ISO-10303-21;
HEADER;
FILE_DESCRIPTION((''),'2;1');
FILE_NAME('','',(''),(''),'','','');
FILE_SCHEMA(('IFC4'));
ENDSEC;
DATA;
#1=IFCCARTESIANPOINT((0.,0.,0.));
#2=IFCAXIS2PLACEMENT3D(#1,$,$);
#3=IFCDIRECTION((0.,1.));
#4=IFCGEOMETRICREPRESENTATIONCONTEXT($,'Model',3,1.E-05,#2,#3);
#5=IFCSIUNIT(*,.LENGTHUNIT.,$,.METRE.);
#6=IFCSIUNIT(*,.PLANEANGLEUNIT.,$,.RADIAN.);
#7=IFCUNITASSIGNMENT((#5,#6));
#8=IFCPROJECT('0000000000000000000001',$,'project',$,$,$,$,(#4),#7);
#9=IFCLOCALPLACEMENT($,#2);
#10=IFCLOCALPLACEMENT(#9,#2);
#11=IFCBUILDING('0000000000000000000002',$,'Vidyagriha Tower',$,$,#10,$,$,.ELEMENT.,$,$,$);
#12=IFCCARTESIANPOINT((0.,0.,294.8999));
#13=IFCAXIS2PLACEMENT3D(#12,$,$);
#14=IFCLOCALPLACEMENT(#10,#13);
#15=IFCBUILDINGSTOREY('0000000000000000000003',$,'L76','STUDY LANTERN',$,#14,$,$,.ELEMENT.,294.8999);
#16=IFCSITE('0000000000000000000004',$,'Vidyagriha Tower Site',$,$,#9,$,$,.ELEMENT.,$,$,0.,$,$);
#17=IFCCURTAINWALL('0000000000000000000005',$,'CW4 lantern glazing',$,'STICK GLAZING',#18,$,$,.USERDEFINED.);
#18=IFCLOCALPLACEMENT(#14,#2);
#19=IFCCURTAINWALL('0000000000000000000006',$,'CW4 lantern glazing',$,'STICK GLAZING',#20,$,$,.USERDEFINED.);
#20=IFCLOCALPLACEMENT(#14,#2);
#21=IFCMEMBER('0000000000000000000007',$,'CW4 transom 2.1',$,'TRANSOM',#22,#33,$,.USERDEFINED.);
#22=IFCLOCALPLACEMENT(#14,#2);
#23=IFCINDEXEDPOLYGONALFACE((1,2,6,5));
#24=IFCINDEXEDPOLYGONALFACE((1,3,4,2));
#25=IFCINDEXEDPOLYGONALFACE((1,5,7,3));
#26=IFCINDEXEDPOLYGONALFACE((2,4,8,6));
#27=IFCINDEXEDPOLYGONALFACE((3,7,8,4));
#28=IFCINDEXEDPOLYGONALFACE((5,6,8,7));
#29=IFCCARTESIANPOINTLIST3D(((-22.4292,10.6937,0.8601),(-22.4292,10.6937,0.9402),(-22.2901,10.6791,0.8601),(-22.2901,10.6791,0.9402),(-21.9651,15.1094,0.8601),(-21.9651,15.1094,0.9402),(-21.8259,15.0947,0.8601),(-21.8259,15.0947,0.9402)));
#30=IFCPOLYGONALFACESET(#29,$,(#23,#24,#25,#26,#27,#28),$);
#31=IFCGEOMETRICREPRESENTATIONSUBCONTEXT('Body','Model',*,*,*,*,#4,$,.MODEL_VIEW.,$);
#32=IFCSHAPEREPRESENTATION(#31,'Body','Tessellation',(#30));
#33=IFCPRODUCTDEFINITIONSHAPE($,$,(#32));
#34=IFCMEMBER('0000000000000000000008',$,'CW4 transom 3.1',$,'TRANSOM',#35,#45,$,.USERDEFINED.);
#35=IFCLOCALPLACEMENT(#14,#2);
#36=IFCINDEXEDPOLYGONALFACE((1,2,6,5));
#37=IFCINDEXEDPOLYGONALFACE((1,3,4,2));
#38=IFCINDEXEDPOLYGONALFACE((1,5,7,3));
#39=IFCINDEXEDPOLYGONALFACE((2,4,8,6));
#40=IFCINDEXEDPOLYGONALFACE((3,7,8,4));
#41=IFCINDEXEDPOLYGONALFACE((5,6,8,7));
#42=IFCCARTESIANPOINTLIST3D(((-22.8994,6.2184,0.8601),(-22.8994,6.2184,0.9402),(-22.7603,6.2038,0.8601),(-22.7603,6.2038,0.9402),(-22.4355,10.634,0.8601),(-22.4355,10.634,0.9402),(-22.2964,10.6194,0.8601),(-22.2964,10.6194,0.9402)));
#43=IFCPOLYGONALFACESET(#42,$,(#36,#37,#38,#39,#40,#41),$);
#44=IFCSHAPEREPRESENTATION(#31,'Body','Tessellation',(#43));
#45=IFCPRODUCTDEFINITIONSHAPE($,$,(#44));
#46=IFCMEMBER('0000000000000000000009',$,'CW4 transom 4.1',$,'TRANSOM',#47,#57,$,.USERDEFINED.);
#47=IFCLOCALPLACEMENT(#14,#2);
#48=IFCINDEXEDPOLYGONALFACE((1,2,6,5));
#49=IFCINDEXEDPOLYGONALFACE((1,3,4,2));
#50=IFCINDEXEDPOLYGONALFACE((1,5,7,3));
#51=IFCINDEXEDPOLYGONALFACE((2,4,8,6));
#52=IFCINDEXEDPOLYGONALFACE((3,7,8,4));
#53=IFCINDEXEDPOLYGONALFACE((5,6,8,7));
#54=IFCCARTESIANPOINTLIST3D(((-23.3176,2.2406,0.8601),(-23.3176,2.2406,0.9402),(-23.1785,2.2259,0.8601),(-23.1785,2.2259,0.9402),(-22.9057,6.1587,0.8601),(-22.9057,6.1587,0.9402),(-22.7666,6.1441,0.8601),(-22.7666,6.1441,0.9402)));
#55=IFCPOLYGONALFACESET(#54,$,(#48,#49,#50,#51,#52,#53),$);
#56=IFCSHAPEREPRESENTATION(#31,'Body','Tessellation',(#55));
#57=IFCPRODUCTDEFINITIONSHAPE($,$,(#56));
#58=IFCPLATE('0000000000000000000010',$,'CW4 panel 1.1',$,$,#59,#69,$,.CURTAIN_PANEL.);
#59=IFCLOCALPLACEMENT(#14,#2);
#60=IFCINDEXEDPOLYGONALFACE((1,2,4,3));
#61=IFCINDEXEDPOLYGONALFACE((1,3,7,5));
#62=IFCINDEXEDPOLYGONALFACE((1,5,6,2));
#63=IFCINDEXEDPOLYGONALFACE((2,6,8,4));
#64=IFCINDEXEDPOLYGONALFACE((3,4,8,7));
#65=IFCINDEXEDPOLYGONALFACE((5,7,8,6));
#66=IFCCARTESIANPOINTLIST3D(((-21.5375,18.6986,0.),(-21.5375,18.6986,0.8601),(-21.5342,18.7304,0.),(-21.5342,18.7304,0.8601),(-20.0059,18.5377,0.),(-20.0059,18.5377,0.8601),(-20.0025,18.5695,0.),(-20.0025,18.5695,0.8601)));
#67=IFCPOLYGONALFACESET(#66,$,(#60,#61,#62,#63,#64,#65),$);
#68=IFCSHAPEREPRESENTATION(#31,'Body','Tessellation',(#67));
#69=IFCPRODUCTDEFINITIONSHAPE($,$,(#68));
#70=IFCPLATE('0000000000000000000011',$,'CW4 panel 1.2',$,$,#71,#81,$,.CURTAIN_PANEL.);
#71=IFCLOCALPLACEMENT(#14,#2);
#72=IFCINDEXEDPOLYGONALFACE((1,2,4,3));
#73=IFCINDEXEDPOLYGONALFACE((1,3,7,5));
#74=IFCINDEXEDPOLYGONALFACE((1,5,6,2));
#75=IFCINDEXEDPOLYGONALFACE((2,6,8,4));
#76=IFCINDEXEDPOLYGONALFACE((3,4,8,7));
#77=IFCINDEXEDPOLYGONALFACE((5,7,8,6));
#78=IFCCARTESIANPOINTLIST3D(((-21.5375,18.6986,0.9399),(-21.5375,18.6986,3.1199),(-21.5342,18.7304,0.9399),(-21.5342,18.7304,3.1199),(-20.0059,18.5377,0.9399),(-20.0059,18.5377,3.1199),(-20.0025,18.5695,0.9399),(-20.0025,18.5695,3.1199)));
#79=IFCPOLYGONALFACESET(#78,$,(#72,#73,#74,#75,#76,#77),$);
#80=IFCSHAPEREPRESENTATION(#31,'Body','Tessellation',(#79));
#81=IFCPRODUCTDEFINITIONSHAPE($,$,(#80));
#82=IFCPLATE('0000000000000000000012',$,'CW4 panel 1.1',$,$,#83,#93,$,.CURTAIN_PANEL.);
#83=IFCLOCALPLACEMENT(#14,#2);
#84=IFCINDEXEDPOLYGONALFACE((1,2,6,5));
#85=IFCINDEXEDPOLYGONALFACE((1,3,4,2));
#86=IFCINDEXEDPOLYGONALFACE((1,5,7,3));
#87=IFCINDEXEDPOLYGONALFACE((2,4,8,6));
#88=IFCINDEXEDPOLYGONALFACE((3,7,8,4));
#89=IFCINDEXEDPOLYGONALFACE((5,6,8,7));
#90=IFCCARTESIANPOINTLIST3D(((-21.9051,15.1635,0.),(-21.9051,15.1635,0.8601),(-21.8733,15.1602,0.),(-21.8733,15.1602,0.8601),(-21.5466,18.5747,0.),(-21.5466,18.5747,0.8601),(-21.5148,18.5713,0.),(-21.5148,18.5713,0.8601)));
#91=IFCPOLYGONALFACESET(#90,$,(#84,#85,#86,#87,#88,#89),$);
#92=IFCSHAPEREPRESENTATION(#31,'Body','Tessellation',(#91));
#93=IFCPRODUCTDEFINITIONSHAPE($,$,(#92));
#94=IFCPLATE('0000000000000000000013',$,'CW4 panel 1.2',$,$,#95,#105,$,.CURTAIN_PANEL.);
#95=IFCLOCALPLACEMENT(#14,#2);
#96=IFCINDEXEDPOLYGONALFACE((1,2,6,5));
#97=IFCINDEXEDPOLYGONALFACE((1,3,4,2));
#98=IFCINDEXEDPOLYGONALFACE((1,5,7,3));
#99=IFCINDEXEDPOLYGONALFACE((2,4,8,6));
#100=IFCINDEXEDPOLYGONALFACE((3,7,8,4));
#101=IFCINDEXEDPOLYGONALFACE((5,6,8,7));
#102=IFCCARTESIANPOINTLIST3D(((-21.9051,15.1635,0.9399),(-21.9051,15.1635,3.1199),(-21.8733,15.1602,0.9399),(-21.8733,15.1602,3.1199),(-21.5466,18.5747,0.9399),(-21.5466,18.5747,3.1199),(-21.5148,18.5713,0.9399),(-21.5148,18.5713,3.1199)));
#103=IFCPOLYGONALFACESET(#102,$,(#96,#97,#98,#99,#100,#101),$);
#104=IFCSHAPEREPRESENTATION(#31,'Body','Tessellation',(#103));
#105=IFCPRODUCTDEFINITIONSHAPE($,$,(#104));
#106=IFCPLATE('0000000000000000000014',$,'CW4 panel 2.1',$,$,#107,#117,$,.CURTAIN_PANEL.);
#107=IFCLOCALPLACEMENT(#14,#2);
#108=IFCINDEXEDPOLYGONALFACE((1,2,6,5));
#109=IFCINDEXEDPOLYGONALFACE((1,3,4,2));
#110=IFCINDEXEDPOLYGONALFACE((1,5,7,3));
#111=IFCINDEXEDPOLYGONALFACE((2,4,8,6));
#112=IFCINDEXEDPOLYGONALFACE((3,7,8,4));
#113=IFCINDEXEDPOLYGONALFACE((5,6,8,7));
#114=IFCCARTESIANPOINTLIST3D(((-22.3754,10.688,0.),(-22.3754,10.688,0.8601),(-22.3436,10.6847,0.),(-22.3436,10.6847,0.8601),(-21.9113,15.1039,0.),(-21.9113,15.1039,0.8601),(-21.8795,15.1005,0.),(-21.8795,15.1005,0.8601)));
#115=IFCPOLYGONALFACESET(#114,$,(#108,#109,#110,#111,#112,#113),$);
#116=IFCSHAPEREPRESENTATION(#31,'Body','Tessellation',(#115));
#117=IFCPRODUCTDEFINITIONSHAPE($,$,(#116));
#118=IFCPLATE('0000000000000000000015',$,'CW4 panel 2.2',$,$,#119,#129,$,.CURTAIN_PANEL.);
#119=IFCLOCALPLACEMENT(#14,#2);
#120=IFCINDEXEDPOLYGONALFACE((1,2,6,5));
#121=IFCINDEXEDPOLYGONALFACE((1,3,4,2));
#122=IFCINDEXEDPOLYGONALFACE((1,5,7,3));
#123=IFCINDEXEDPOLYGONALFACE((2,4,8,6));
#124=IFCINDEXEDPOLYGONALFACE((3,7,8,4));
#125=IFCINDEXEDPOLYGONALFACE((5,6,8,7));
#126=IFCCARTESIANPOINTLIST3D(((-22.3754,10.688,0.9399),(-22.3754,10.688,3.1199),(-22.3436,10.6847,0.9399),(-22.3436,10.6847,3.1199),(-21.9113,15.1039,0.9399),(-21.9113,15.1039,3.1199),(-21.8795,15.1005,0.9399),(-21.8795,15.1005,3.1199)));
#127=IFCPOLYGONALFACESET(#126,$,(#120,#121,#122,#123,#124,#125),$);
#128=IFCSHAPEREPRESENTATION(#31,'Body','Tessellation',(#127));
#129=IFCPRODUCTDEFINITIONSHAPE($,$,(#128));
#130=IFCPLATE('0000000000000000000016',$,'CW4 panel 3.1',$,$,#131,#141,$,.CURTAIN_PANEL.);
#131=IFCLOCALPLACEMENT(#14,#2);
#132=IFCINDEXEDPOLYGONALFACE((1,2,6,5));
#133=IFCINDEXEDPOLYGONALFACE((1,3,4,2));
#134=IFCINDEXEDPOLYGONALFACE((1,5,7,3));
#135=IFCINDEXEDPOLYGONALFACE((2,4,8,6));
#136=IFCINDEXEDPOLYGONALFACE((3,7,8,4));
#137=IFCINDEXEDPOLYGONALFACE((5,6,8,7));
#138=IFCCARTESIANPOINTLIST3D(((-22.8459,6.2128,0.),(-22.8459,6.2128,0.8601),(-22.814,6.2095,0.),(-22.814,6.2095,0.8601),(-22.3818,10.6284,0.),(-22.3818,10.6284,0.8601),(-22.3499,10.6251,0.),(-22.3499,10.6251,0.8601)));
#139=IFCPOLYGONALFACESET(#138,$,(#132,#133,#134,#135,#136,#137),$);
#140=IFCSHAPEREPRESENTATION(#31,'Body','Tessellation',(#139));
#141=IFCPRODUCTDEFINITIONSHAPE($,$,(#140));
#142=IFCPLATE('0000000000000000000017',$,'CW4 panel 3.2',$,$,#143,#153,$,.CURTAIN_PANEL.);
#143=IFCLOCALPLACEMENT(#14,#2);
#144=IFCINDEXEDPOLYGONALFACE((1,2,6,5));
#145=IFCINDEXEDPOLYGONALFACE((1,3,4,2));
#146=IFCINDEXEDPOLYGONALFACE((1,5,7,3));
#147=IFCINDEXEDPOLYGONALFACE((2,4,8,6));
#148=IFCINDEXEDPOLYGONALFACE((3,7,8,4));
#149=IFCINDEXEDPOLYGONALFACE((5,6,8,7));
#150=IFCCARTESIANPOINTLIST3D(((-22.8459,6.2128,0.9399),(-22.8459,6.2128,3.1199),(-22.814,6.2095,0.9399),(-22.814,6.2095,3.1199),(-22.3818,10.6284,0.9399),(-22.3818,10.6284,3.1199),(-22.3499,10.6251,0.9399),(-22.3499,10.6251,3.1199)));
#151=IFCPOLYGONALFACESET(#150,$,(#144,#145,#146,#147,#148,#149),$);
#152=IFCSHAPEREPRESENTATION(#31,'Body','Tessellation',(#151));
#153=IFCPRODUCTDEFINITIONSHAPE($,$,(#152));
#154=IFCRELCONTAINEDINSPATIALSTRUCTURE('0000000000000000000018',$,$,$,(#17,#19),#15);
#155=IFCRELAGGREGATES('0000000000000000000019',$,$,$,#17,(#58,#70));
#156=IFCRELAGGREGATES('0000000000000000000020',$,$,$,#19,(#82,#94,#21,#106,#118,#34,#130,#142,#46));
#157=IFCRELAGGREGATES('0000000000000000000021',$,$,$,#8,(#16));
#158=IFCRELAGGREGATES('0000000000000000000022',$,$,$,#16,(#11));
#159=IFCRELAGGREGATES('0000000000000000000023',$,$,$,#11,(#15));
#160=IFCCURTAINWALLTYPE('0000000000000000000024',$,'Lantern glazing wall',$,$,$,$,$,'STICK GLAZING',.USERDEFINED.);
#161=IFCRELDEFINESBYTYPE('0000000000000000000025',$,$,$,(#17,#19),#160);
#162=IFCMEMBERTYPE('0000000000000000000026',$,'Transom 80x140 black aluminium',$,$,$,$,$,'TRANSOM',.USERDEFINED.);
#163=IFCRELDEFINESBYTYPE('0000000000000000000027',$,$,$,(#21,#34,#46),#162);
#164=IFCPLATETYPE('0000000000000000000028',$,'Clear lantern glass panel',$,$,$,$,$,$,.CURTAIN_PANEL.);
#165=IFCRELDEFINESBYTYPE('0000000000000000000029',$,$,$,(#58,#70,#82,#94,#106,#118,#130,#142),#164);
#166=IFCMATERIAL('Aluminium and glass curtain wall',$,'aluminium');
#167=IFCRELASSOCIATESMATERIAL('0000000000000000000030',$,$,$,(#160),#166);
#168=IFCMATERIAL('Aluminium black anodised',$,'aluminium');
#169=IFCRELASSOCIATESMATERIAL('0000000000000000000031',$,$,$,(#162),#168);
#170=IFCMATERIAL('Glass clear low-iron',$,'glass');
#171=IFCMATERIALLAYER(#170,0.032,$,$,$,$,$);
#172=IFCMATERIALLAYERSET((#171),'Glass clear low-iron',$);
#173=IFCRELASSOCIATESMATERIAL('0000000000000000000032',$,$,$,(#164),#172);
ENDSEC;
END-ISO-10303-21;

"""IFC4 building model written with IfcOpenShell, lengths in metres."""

from ifc_helpers import new_model, si_unit, direction, frame, origin, origin_2d, place, context, subcontext, project, spatial, rectangle, extrude, material, layer, layer_set, material_profile, profile_set, type_object, element, aggregate, save


model = new_model("IFC4")

# Units and contexts
model_context = context("Model", 3, precision=1e-05, world=origin(), true_north=direction((0.0, 1.0)))
body_context = subcontext(model_context, "Body", "Model", "MODEL_VIEW")
ifc_project = project(units=[si_unit("LENGTHUNIT", "METRE"), si_unit("PLANEANGLEUNIT", "RADIAN")], contexts=[model_context])

# Site, building, storey
site_placement = place(None, origin())
site = spatial("IfcSite", under=ifc_project, at=site_placement, Name="Vidyagriha Tower Site", CompositionType="ELEMENT", RefElevation=0.0)
building_placement = place(site_placement, origin())
building = spatial("IfcBuilding", under=site, at=building_placement, Name="Vidyagriha Tower", CompositionType="ELEMENT")
storey_placement = place(building_placement, frame((0.0, 0.0, 294.8999)))
storey = spatial("IfcBuildingStorey", under=building, at=storey_placement, Name="L76", Description="STUDY LANTERN", CompositionType="ELEMENT", Elevation=294.8999)

# Curtain wall
ifc_material_1 = material(Name="Aluminium and glass curtain wall", Category="aluminium")
curtain_wall_type = type_object("IfcCurtainWallType", Name="Lantern glazing wall", ElementType="STICK GLAZING", PredefinedType="USERDEFINED", material=ifc_material_1)
curtain_wall_1_placement = place(storey_placement, origin())
curtain_wall_1 = element("IfcCurtainWall", 1, at=curtain_wall_1_placement, inside=storey, type_object=curtain_wall_type, Name="CW4 lantern glazing", ObjectType="STICK GLAZING", PredefinedType="USERDEFINED")

# Curtain wall
curtain_wall_2_placement = place(storey_placement, origin())
curtain_wall_2 = element("IfcCurtainWall", 2, at=curtain_wall_2_placement, inside=storey, type_object=curtain_wall_type, Name="CW4 lantern glazing", ObjectType="STICK GLAZING", PredefinedType="USERDEFINED")

# Members
ifc_material_2 = material(Name="Aluminium black anodised", Category="aluminium")
ifc_material_profile_1 = material_profile(ifc_material_2, rectangle(XDim=0.1399, YDim=0.0801, at=origin_2d()), Name="Transom 80x140 black aluminium")
ifc_profile_set_1 = profile_set([ifc_material_profile_1], Name="Aluminium black anodised")
member_type_1 = type_object("IfcMemberType", Name="Transom 80x140 black aluminium", ElementType="TRANSOM", PredefinedType="USERDEFINED", material=ifc_profile_set_1)
member_1_placement = place(storey_placement, frame((-21.8955, 15.1021, 0.9001), z_axis=(-0.104533, -0.994521, 0.0), x_axis=(0.994521, -0.104533, 0.0)))
member_1 = element("IfcMember", 3, at=member_1_placement, type_object=member_type_1, Name="CW4 transom 2.1", ObjectType="TRANSOM", PredefinedType="USERDEFINED", context=body_context, shape_type="SweptSolid", body=[
    extrude(rectangle(XDim=0.1399, YDim=0.0801, at=origin_2d()), origin(), (0.0, 0.0, 1.0), 4.4399),
])
member_2_placement = place(storey_placement, frame((-22.366, 10.6267, 0.9001), z_axis=(-0.104479, -0.994527, 0.0), x_axis=(0.994527, -0.104479, 0.0)))
member_2 = element("IfcMember", 4, at=member_2_placement, type_object=member_type_1, Name="CW4 transom 3.1", ObjectType="TRANSOM", PredefinedType="USERDEFINED", context=body_context, shape_type="SweptSolid", body=[
    extrude(rectangle(XDim=0.1399, YDim=0.0801, at=origin_2d()), origin(), (0.0, 0.0, 1.0), 4.4399),
])
member_3_placement = place(storey_placement, frame((-22.8362, 6.1514, 0.9001), z_axis=(-0.10454, -0.994521, 0.0), x_axis=(0.994521, -0.10454, 0.0)))
member_3 = element("IfcMember", 5, at=member_3_placement, type_object=member_type_1, Name="CW4 transom 4.1", ObjectType="TRANSOM", PredefinedType="USERDEFINED", context=body_context, shape_type="SweptSolid", body=[
    extrude(rectangle(XDim=0.1399, YDim=0.0801, at=origin_2d()), origin(), (0.0, 0.0, 1.0), 3.9397),
])

# Plates
ifc_material_3 = material(Name="Glass clear low-iron", Category="glass")
ifc_layer = layer(ifc_material_3, 0.032)
ifc_layer_set = layer_set([ifc_layer], Name="Glass clear low-iron")
plate_type = type_object("IfcPlateType", Name="Clear lantern glass panel", PredefinedType="CURTAIN_PANEL", material=ifc_layer_set)
plate_1_placement = place(storey_placement, frame((-20.77, 18.634, 0.0), z_axis=(0.0, 0.0, 1.0), x_axis=(-0.99453, 0.104453, 0.0)))
plate_1 = element("IfcPlate", 6, at=plate_1_placement, type_object=plate_type, Name="CW4 panel 1.1", PredefinedType="CURTAIN_PANEL", context=body_context, shape_type="SweptSolid", body=[
    extrude(rectangle(XDim=1.54, YDim=0.032, at=origin_2d()), origin(), (0.0, 0.0, 1.0), 0.8601),
])
plate_2_placement = place(storey_placement, frame((-20.77, 18.634, 0.9399), z_axis=(0.0, 0.0, 1.0), x_axis=(-0.99453, 0.104453, 0.0)))
plate_2 = element("IfcPlate", 7, at=plate_2_placement, type_object=plate_type, Name="CW4 panel 1.2", PredefinedType="CURTAIN_PANEL", context=body_context, shape_type="SweptSolid", body=[
    extrude(rectangle(XDim=1.54, YDim=0.032, at=origin_2d()), origin(), (0.0, 0.0, 1.0), 2.1799),
])
aggregate(curtain_wall_1, [plate_1, plate_2])
plate_3_placement = place(storey_placement, frame((-21.71, 16.8674, 0.0), z_axis=(0.0, 0.0, 1.0), x_axis=(-0.104527, -0.994522, 0.0)))
plate_3 = element("IfcPlate", 8, at=plate_3_placement, type_object=plate_type, Name="CW4 panel 1.1", PredefinedType="CURTAIN_PANEL", context=body_context, shape_type="SweptSolid", body=[
    extrude(rectangle(XDim=3.4299, YDim=0.032, at=origin_2d()), origin(), (0.0, 0.0, 1.0), 0.8601),
])
plate_4_placement = place(storey_placement, frame((-21.71, 16.8674, 0.9399), z_axis=(0.0, 0.0, 1.0), x_axis=(-0.104527, -0.994522, 0.0)))
plate_4 = element("IfcPlate", 9, at=plate_4_placement, type_object=plate_type, Name="CW4 panel 1.2", PredefinedType="CURTAIN_PANEL", context=body_context, shape_type="SweptSolid", body=[
    extrude(rectangle(XDim=3.4299, YDim=0.032, at=origin_2d()), origin(), (0.0, 0.0, 1.0), 2.1799),
])
plate_5_placement = place(storey_placement, frame((-22.1274, 12.8943, 0.0), z_axis=(0.0, 0.0, 1.0), x_axis=(-0.104527, -0.994522, 0.0)))
plate_5 = element("IfcPlate", 10, at=plate_5_placement, type_object=plate_type, Name="CW4 panel 2.1", PredefinedType="CURTAIN_PANEL", context=body_context, shape_type="SweptSolid", body=[
    extrude(rectangle(XDim=4.4402, YDim=0.032, at=origin_2d()), origin(), (0.0, 0.0, 1.0), 0.8601),
])
plate_6_placement = place(storey_placement, frame((-22.1274, 12.8943, 0.9399), z_axis=(0.0, 0.0, 1.0), x_axis=(-0.104527, -0.994522, 0.0)))
plate_6 = element("IfcPlate", 11, at=plate_6_placement, type_object=plate_type, Name="CW4 panel 2.2", PredefinedType="CURTAIN_PANEL", context=body_context, shape_type="SweptSolid", body=[
    extrude(rectangle(XDim=4.4402, YDim=0.032, at=origin_2d()), origin(), (0.0, 0.0, 1.0), 2.1799),
])
plate_7_placement = place(storey_placement, frame((-22.5979, 8.4189, 0.0), z_axis=(0.0, 0.0, 1.0), x_axis=(-0.104527, -0.994522, 0.0)))
plate_7 = element("IfcPlate", 12, at=plate_7_placement, type_object=plate_type, Name="CW4 panel 3.1", PredefinedType="CURTAIN_PANEL", context=body_context, shape_type="SweptSolid", body=[
    extrude(rectangle(XDim=4.4399, YDim=0.032, at=origin_2d()), origin(), (0.0, 0.0, 1.0), 0.8601),
])
plate_8_placement = place(storey_placement, frame((-22.5979, 8.4189, 0.9399), z_axis=(0.0, 0.0, 1.0), x_axis=(-0.104527, -0.994522, 0.0)))
plate_8 = element("IfcPlate", 13, at=plate_8_placement, type_object=plate_type, Name="CW4 panel 3.2", PredefinedType="CURTAIN_PANEL", context=body_context, shape_type="SweptSolid", body=[
    extrude(rectangle(XDim=4.4399, YDim=0.032, at=origin_2d()), origin(), (0.0, 0.0, 1.0), 2.1799),
])
aggregate(curtain_wall_2, [plate_3, plate_4, member_1, plate_5, plate_6, member_2, plate_7, plate_8, member_3])

save(model, "model.ifc")
